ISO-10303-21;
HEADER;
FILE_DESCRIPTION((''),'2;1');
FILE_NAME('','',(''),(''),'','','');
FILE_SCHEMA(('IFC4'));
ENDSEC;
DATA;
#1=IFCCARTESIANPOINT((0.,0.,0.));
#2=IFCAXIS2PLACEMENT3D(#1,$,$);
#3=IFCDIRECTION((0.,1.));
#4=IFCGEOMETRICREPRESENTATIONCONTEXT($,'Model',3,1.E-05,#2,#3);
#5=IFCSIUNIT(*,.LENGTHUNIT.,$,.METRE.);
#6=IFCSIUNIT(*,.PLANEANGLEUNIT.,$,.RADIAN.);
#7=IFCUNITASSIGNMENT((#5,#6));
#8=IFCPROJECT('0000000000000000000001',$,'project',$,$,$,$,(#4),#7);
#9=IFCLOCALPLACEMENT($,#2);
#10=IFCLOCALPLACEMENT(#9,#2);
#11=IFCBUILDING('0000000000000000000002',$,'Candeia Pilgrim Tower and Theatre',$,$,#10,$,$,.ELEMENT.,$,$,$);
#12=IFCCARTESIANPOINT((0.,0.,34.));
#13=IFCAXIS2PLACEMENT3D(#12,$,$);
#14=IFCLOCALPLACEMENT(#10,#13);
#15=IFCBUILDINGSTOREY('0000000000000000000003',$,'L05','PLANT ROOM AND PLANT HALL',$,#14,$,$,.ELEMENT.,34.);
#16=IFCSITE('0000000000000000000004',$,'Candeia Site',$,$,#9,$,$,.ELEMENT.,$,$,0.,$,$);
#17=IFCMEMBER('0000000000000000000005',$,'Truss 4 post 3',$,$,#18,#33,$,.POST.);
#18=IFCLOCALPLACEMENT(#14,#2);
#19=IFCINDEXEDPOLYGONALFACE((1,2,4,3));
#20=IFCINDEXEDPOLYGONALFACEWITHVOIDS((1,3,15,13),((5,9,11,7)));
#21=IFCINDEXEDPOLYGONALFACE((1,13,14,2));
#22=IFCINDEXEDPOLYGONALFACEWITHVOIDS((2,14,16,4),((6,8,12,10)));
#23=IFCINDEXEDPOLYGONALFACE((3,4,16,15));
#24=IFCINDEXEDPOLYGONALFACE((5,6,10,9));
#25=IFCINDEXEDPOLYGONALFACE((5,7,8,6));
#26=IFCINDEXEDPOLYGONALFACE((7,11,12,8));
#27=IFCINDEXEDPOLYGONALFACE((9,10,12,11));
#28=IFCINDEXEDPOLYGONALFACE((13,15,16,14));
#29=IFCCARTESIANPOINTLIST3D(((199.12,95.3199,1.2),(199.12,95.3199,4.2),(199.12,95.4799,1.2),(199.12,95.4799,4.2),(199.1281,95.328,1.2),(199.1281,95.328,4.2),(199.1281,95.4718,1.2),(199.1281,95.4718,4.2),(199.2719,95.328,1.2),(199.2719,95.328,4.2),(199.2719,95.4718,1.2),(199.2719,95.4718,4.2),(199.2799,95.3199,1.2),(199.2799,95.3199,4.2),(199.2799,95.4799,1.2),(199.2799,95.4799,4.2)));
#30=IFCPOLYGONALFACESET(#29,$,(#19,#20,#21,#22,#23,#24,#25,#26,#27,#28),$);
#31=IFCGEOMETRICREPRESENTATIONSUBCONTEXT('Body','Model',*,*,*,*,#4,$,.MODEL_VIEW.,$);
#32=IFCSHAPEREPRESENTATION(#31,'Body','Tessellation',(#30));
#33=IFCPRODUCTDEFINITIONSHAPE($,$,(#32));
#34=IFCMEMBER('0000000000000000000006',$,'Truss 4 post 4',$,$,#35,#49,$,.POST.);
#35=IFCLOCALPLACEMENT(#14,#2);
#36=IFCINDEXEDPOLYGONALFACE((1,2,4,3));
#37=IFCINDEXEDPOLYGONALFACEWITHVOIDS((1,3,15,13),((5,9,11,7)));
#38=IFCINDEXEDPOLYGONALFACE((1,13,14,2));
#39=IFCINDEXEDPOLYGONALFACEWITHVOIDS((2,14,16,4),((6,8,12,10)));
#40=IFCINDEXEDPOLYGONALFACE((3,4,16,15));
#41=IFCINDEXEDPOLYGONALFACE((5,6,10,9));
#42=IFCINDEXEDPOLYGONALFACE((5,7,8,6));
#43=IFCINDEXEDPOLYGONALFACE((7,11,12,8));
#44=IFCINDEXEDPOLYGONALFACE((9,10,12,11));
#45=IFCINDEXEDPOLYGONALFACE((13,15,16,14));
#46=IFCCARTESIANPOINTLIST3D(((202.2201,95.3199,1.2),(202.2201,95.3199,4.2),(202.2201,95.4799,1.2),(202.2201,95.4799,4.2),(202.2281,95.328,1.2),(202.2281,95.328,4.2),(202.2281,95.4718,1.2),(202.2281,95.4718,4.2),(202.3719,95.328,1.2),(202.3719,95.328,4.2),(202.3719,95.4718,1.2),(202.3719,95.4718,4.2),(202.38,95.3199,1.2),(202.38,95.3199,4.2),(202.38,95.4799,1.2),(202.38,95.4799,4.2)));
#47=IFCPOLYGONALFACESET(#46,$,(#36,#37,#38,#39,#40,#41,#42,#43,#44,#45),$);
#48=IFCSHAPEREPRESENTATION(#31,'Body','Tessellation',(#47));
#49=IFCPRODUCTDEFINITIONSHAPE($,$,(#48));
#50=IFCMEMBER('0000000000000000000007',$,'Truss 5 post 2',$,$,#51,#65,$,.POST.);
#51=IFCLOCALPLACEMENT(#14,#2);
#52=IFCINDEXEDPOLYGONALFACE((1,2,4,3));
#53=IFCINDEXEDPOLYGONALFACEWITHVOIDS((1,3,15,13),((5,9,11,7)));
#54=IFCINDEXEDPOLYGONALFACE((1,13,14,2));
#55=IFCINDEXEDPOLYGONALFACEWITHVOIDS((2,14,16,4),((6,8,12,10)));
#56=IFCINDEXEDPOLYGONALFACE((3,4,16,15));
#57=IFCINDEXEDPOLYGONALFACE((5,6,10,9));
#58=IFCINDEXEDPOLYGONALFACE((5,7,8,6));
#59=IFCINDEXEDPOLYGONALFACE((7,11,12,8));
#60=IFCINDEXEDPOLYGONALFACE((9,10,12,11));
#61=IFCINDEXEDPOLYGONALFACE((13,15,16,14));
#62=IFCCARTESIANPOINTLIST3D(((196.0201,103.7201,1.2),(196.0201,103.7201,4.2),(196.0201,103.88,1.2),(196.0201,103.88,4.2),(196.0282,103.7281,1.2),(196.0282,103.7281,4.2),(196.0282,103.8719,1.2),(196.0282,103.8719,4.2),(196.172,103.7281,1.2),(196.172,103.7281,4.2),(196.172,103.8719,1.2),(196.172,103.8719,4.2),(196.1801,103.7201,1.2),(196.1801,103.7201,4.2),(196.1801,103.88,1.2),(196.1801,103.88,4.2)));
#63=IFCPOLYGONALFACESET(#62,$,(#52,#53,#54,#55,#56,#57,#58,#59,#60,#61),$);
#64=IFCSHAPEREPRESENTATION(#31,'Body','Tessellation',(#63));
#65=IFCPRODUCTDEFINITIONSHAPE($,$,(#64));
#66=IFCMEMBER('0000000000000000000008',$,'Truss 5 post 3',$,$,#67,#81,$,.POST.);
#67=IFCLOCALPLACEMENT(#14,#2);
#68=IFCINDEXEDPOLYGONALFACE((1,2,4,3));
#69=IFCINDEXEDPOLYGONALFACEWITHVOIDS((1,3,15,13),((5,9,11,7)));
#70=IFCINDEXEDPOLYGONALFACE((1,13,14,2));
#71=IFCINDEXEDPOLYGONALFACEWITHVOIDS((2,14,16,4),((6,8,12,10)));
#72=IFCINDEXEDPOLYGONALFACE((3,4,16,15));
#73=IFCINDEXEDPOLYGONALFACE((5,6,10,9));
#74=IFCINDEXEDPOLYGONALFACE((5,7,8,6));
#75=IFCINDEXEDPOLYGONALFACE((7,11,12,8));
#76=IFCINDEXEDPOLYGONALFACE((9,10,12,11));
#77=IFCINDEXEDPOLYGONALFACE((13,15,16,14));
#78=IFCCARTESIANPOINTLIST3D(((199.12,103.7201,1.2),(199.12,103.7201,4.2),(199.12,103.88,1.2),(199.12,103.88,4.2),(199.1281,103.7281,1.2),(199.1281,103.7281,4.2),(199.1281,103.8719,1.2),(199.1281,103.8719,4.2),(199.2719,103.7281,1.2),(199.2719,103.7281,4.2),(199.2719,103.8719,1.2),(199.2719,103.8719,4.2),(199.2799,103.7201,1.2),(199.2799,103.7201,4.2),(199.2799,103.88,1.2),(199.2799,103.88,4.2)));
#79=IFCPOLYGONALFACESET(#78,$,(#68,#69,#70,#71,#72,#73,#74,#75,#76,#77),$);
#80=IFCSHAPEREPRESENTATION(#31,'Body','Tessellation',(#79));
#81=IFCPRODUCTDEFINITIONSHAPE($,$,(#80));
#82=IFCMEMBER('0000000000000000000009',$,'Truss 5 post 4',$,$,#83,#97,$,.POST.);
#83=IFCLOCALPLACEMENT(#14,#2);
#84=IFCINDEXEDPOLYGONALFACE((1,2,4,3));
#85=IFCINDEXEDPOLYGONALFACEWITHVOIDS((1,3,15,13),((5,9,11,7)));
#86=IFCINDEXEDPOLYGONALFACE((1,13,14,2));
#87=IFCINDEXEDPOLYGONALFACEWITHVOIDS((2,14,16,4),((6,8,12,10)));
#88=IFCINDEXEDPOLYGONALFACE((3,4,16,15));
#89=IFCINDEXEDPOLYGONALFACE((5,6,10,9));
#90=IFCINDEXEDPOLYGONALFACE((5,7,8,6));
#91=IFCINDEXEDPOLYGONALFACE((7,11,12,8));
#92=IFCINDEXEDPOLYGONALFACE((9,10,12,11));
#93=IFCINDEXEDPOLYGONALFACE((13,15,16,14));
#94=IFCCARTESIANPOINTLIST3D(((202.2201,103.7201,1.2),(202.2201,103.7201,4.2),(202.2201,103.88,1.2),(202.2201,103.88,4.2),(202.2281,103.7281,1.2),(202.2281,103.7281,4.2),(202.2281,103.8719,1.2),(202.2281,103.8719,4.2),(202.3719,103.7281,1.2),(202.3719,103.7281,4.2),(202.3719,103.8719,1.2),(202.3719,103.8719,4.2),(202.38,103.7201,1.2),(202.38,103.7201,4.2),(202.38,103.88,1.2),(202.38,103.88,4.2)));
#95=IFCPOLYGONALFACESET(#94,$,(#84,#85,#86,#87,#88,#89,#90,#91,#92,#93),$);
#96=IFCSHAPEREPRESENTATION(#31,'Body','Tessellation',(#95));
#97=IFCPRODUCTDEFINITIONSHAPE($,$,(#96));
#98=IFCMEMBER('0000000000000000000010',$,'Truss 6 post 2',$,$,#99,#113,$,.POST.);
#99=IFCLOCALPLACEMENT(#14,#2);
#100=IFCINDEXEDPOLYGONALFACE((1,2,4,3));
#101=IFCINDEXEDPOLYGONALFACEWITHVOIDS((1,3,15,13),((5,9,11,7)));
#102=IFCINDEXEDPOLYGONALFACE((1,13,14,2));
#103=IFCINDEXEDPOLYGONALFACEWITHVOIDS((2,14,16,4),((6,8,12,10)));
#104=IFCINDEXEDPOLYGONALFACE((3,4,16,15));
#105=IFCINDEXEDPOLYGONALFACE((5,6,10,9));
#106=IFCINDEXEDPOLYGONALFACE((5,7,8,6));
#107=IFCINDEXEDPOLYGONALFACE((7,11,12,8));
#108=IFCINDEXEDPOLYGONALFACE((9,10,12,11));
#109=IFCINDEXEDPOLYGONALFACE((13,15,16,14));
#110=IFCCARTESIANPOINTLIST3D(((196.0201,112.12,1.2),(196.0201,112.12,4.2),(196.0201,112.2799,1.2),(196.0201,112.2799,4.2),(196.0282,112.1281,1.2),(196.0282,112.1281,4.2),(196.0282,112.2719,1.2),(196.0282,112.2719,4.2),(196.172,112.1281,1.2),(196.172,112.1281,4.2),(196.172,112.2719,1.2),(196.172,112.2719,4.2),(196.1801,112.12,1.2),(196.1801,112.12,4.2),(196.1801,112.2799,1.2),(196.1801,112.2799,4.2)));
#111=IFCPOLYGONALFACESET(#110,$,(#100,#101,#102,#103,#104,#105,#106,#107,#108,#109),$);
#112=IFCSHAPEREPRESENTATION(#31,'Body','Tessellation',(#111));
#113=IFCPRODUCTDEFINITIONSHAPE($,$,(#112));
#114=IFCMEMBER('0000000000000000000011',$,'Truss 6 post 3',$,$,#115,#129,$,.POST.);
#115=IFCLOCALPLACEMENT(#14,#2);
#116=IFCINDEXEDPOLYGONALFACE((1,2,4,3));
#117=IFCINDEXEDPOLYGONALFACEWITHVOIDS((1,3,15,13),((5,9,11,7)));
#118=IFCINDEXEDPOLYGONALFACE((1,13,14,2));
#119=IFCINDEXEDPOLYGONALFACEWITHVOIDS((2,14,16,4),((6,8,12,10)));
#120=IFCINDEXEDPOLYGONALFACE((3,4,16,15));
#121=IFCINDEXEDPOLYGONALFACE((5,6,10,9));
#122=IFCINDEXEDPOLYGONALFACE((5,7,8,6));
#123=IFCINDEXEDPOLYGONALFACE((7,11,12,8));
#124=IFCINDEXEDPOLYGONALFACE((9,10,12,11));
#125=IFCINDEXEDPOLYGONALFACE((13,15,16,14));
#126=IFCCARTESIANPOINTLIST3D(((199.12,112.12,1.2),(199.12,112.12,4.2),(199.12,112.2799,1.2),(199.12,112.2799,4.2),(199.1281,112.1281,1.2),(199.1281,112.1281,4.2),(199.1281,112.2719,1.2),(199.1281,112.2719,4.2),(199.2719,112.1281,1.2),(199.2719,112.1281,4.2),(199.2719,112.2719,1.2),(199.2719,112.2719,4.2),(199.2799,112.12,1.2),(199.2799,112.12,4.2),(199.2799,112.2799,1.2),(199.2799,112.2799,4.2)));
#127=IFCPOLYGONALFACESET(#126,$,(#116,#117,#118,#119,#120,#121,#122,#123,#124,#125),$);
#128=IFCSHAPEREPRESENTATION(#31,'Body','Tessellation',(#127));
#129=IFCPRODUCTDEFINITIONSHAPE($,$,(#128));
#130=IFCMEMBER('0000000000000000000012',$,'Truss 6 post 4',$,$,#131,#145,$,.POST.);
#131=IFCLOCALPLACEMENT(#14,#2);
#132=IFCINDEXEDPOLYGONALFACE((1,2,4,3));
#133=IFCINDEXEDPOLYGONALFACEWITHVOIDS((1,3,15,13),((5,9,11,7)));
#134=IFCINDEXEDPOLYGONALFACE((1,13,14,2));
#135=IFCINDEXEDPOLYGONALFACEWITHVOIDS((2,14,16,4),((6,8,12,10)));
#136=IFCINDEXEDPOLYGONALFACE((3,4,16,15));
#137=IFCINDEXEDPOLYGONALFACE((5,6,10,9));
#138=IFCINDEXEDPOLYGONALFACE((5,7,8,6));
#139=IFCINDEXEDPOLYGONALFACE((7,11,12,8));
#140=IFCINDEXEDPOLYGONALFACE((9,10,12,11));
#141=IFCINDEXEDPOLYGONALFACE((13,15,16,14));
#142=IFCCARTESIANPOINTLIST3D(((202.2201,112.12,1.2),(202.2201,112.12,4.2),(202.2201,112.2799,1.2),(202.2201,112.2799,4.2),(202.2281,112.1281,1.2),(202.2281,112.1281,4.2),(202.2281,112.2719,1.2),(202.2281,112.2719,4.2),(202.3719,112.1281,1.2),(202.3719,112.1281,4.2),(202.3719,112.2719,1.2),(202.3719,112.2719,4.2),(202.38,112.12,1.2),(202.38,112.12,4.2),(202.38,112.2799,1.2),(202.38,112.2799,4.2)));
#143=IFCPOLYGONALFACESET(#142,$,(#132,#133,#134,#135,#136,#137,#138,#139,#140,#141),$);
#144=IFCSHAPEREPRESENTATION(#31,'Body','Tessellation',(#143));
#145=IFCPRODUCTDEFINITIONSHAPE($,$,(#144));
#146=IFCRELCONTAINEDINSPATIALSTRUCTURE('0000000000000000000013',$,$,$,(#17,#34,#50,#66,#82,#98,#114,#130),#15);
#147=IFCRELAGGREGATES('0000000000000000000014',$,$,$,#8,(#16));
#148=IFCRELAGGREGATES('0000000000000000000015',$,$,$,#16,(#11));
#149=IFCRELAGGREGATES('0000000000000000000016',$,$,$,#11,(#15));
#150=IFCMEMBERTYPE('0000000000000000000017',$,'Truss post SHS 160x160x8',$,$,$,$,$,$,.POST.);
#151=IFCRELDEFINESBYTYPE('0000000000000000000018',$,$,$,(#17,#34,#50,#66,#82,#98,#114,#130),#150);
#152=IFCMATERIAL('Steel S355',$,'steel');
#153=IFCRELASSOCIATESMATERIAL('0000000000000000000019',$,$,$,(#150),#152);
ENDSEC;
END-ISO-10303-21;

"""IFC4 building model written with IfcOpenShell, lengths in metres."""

from ifc_helpers import new_model, si_unit, direction, frame, origin, origin_2d, place, context, subcontext, project, spatial, hollow_rectangle, extrude, material, material_profile, profile_set, type_object, element, save


model = new_model("IFC4")

# Units and contexts
model_context = context("Model", 3, precision=1e-05, world=origin(), true_north=direction((0.0, 1.0)))
body_context = subcontext(model_context, "Body", "Model", "MODEL_VIEW")
ifc_project = project(units=[si_unit("LENGTHUNIT", "METRE"), si_unit("PLANEANGLEUNIT", "RADIAN")], contexts=[model_context])

# Site, building, storey
site_placement = place(None, origin())
site = spatial("IfcSite", under=ifc_project, at=site_placement, Name="Candeia Site", CompositionType="ELEMENT", RefElevation=0.0)
building_placement = place(site_placement, origin())
building = spatial("IfcBuilding", under=site, at=building_placement, Name="Candeia Pilgrim Tower and Theatre", CompositionType="ELEMENT")
storey_placement = place(building_placement, frame((0.0, 0.0, 34.0)))
storey = spatial("IfcBuildingStorey", under=building, at=storey_placement, Name="L05", Description="PLANT ROOM AND PLANT HALL", CompositionType="ELEMENT", Elevation=34.0)

# Members
ifc_material = material(Name="Steel S355", Category="steel")
ifc_material_profile_1 = material_profile(ifc_material, hollow_rectangle(XDim=0.1599, YDim=0.1599, WallThickness=0.0081, at=origin_2d()))
ifc_profile_set_1 = profile_set([ifc_material_profile_1], Name="Steel S355")
member_type_1 = type_object("IfcMemberType", Name="Truss post SHS 160x160x8", PredefinedType="POST", material=ifc_profile_set_1)
for number, where, z_axis, x_axis, name in (
    (1, (199.2, 95.3999, 1.2), (0.0, 0.0, 1.0), (1.0, 0.0, 0.0), "Truss 4 post 3"),
    (2, (202.3, 95.3999, 1.2), (0.0, 0.0, 1.0), (1.0, 0.0, 0.0), "Truss 4 post 4"),
    (3, (196.1001, 103.8, 1.2), (0.0, 0.0, 1.0), (1.0, 0.0, 0.0), "Truss 5 post 2"),
    (4, (199.2, 103.8, 1.2), (0.0, 0.0, 1.0), (1.0, 0.0, 0.0), "Truss 5 post 3"),
    (5, (202.3, 103.8, 1.2), (0.0, 0.0, 1.0), (1.0, 0.0, 0.0), "Truss 5 post 4"),
    (6, (196.1001, 112.2, 1.2), (0.0, 0.0, 1.0), (1.0, 0.0, 0.0), "Truss 6 post 2"),
    (7, (199.2, 112.2, 1.2), (0.0, 0.0, 1.0), (1.0, 0.0, 0.0), "Truss 6 post 3"),
    (8, (202.3, 112.2, 1.2), (0.0, 0.0, 1.0), (1.0, 0.0, 0.0), "Truss 6 post 4"),
):
    element("IfcMember", number, at=place(storey_placement, frame(where, z_axis=z_axis, x_axis=x_axis)), inside=storey, type_object=member_type_1, Name=name, PredefinedType="POST", context=body_context, shape_type="SweptSolid", body=[
        extrude(hollow_rectangle(XDim=0.1599, YDim=0.1599, WallThickness=0.0081, at=origin_2d()), origin(), (0.0, 0.0, 1.0), 3.0),
    ])

save(model, "model.ifc")
